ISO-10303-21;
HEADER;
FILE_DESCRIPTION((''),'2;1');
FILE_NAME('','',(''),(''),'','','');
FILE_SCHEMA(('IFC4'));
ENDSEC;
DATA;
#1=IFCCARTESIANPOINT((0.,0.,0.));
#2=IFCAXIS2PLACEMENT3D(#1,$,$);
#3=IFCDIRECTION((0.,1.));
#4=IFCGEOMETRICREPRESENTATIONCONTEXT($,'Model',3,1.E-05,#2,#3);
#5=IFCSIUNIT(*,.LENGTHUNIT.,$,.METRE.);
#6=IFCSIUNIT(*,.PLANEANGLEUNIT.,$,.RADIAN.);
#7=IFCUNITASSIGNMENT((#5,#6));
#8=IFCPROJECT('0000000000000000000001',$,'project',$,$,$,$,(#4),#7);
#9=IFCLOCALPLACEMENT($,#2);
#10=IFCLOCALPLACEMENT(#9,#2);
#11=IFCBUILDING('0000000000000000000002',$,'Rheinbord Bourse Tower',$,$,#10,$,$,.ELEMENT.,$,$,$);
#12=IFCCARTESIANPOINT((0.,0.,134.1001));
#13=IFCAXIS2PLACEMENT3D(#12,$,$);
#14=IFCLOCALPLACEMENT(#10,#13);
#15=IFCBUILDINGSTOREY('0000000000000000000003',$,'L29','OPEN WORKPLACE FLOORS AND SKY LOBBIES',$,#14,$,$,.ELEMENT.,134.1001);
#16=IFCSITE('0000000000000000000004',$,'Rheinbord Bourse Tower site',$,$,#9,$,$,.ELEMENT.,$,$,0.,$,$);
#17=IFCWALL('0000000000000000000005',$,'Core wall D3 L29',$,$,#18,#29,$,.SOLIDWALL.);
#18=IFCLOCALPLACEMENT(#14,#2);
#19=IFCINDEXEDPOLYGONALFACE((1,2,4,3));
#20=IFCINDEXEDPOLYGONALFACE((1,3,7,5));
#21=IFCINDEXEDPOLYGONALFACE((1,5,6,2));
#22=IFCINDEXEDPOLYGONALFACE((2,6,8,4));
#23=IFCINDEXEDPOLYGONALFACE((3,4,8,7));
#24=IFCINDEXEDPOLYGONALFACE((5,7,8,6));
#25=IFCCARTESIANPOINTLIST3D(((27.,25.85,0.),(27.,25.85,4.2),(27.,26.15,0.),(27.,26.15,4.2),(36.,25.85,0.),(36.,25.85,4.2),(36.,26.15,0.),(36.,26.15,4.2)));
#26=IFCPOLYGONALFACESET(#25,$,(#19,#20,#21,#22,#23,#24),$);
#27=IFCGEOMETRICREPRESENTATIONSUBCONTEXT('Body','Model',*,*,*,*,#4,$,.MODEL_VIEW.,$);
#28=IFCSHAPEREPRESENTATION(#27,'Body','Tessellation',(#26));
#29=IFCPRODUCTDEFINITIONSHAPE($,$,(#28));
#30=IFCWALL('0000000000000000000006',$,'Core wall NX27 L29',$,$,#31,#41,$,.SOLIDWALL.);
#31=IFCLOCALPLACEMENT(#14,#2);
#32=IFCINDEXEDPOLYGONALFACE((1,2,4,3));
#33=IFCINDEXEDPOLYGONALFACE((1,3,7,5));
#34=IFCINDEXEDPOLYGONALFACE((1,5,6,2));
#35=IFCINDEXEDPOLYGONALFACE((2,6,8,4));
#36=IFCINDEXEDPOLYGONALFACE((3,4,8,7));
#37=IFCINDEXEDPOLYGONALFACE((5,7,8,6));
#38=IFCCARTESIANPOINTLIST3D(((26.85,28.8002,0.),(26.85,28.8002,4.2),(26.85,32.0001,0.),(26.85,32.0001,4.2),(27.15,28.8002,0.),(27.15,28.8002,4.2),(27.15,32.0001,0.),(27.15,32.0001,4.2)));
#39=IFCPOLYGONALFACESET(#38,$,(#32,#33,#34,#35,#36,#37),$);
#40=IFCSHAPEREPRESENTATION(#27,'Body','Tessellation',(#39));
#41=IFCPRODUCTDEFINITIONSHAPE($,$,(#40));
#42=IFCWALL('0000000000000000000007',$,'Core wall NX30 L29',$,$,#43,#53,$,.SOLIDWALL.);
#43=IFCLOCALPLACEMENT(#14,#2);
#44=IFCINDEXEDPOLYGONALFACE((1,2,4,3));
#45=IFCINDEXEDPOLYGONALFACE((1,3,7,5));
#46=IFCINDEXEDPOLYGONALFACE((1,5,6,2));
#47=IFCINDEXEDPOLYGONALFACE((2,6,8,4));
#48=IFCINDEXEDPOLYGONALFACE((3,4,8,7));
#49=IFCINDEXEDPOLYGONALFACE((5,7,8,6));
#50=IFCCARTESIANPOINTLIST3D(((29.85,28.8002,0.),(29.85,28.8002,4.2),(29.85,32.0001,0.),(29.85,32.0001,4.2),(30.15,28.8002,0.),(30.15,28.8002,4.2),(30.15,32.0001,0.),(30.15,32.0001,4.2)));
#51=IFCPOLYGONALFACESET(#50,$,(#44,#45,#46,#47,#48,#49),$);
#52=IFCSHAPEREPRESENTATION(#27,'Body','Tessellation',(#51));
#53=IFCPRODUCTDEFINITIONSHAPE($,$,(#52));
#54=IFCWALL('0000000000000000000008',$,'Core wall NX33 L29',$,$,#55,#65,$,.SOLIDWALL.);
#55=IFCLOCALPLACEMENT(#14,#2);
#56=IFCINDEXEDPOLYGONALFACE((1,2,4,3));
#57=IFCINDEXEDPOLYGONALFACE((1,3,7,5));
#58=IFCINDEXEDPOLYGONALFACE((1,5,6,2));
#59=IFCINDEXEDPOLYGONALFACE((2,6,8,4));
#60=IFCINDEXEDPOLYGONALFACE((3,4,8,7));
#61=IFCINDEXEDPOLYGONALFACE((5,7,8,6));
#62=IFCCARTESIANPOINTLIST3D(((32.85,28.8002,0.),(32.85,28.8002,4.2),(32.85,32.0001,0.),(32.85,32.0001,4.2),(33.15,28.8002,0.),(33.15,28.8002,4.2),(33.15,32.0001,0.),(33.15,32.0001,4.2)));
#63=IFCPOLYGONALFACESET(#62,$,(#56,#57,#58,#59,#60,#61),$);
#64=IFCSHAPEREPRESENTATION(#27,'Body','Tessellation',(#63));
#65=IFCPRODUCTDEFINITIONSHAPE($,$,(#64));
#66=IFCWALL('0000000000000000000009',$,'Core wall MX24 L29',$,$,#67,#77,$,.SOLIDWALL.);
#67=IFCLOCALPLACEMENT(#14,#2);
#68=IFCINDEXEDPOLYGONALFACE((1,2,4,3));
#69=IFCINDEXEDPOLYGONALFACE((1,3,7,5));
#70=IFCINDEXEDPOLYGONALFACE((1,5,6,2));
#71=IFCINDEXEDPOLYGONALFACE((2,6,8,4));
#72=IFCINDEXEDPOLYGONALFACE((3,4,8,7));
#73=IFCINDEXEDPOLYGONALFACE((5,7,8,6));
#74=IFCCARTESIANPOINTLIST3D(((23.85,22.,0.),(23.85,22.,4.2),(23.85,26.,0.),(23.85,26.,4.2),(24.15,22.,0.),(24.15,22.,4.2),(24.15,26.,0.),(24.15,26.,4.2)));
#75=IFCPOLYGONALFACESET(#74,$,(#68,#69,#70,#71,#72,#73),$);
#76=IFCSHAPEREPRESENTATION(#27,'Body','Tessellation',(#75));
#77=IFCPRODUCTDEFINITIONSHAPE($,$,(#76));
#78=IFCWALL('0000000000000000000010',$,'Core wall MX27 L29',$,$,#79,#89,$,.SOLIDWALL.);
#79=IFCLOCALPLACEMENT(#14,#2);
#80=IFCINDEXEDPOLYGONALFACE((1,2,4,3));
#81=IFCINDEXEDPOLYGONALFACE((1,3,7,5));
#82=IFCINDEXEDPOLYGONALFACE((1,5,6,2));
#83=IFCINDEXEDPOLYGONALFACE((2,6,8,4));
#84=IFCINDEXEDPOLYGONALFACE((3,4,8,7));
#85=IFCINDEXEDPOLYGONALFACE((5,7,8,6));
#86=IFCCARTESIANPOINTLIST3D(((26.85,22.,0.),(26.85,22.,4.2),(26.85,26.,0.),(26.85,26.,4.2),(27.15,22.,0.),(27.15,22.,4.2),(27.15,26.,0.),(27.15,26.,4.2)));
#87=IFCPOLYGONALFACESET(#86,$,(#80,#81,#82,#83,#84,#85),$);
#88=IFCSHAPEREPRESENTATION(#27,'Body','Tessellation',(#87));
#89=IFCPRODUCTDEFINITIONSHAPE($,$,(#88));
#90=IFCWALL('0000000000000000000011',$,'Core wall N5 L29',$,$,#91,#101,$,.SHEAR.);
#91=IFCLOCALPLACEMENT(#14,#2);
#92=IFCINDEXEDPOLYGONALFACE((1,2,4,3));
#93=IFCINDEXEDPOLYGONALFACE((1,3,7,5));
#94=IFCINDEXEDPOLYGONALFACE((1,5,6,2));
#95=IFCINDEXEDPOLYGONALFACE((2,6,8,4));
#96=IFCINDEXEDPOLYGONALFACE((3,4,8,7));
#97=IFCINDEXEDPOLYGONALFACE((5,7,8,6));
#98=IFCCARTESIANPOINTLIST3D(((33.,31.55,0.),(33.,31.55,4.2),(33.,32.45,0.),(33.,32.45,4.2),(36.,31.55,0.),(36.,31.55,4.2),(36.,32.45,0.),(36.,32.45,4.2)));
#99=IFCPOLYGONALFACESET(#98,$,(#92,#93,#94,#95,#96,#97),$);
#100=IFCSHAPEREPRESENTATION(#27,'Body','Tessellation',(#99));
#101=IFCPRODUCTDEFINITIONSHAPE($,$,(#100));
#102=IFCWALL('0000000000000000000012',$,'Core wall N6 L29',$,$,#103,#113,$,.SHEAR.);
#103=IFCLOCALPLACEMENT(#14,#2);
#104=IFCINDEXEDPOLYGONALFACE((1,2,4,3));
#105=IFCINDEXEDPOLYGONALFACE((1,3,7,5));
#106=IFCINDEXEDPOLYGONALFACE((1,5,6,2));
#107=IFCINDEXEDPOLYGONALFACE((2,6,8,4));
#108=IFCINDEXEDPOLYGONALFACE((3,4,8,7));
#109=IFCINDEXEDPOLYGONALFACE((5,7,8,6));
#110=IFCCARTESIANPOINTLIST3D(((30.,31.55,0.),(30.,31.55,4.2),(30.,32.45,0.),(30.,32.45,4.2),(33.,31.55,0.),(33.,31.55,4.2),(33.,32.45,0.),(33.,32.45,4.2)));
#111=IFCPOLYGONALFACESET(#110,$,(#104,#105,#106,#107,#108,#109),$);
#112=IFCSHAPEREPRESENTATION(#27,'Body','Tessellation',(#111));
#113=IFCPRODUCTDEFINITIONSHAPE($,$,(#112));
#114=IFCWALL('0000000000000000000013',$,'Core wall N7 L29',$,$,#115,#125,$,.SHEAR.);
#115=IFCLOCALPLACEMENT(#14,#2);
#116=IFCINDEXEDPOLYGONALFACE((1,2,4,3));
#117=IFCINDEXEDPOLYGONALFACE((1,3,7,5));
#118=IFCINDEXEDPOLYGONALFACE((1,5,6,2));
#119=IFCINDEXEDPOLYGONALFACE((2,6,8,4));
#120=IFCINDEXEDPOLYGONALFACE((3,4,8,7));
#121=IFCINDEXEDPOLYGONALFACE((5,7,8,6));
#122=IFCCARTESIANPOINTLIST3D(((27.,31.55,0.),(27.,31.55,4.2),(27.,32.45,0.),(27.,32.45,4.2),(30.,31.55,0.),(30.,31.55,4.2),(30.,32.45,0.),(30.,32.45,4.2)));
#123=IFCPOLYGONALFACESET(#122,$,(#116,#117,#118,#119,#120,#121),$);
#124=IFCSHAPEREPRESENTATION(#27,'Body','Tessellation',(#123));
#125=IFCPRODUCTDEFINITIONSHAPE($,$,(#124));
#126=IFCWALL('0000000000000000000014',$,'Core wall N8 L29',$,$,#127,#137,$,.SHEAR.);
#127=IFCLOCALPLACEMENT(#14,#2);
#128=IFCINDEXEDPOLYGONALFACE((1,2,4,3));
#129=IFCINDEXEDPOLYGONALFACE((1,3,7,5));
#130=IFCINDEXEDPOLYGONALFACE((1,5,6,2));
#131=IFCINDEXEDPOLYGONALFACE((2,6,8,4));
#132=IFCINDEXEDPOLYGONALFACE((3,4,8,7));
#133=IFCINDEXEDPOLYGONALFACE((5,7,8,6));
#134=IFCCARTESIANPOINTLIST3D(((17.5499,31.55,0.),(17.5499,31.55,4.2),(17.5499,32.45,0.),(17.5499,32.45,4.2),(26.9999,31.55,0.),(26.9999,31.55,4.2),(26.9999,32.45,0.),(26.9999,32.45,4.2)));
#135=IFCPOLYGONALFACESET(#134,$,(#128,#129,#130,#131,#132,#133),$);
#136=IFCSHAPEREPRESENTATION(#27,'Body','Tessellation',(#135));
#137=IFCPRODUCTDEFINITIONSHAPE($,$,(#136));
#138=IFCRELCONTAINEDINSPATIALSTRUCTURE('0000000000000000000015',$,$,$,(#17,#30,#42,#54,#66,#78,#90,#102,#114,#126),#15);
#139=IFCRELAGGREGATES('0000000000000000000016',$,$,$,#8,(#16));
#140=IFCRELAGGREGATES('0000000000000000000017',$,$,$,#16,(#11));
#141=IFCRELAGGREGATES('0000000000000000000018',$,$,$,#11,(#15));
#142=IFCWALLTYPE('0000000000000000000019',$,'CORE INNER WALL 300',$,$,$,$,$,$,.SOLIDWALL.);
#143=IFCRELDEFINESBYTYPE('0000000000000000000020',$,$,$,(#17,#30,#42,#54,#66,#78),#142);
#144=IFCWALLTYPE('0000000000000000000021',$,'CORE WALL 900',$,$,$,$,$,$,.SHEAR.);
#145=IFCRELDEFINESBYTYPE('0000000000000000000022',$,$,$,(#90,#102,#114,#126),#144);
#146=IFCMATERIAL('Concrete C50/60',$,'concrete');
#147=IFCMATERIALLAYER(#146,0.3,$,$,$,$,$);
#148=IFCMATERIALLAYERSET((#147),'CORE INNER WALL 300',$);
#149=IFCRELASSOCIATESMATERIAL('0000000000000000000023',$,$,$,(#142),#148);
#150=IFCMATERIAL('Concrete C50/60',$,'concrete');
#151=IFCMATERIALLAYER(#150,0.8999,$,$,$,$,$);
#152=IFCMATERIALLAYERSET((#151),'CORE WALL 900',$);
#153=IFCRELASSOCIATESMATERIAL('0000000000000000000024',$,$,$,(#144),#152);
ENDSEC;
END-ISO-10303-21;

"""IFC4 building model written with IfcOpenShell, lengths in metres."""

from ifc_helpers import new_model, si_unit, direction, frame, frame_2d, origin, place, context, subcontext, project, spatial, rectangle, extrude, material, layer, layer_set, type_object, element, save


model = new_model("IFC4")

# Units and contexts
model_context = context("Model", 3, precision=1e-05, world=origin(), true_north=direction((0.0, 1.0)))
body_context = subcontext(model_context, "Body", "Model", "MODEL_VIEW")
ifc_project = project(units=[si_unit("LENGTHUNIT", "METRE"), si_unit("PLANEANGLEUNIT", "RADIAN")], contexts=[model_context])

# Site, building, storey
site_placement = place(None, origin())
site = spatial("IfcSite", under=ifc_project, at=site_placement, Name="Rheinbord Bourse Tower site", CompositionType="ELEMENT", RefElevation=0.0)
building_placement = place(site_placement, origin())
building = spatial("IfcBuilding", under=site, at=building_placement, Name="Rheinbord Bourse Tower", CompositionType="ELEMENT")
storey_placement = place(building_placement, frame((0.0, 0.0, 134.1001)))
storey = spatial("IfcBuildingStorey", under=building, at=storey_placement, Name="L29", Description="OPEN WORKPLACE FLOORS AND SKY LOBBIES", CompositionType="ELEMENT", Elevation=134.1001)

# Shared definitions
ifc_material_1 = material(Name="Concrete C50/60", Category="concrete")
ifc_layer_1 = layer(ifc_material_1, 0.3)
ifc_layer_set_1 = layer_set([ifc_layer_1], Name="CORE INNER WALL 300")
wall_type_1 = type_object("IfcWallType", Name="CORE INNER WALL 300", PredefinedType="SOLIDWALL", material=ifc_layer_set_1)

# Walls
wall_1_placement = place(storey_placement, frame((27.0, 26.0, 0.0), z_axis=(0.0, 0.0, 1.0), x_axis=(1.0, 0.0, 0.0)))
element("IfcWall", 1, at=wall_1_placement, inside=storey, type_object=wall_type_1, Name="Core wall D3 L29", PredefinedType="SOLIDWALL", context=body_context, shape_type="SweptSolid", body=[
    extrude(rectangle(XDim=9.0, YDim=0.3, at=frame_2d((4.5, 0.0))), origin(), (0.0, 0.0, 1.0), 4.2),
])
for number, where, z_axis, x_axis, name in (
    (2, (27.0, 28.8, 0.0), (0.0, 0.0, 1.0), (0.0, 1.0, 0.0), "Core wall NX27 L29"),
    (3, (30.0, 28.8, 0.0), (0.0, 0.0, 1.0), (0.0, 1.0, 0.0), "Core wall NX30 L29"),
    (4, (33.0, 28.8, 0.0), (0.0, 0.0, 1.0), (0.0, 1.0, 0.0), "Core wall NX33 L29"),
):
    element("IfcWall", number, at=place(storey_placement, frame(where, z_axis=z_axis, x_axis=x_axis)), inside=storey, type_object=wall_type_1, Name=name, PredefinedType="SOLIDWALL", context=body_context, shape_type="SweptSolid", body=[
        extrude(rectangle(XDim=3.2, YDim=0.3, at=frame_2d((1.6001, 0.0))), origin(), (0.0, 0.0, 1.0), 4.2),
    ])
for number, where, z_axis, x_axis, name in (
    (5, (24.0, 22.0, 0.0), (0.0, 0.0, 1.0), (0.0, 1.0, 0.0), "Core wall MX24 L29"),
    (6, (27.0, 22.0, 0.0), (0.0, 0.0, 1.0), (0.0, 1.0, 0.0), "Core wall MX27 L29"),
):
    element("IfcWall", number, at=place(storey_placement, frame(where, z_axis=z_axis, x_axis=x_axis)), inside=storey, type_object=wall_type_1, Name=name, PredefinedType="SOLIDWALL", context=body_context, shape_type="SweptSolid", body=[
        extrude(rectangle(XDim=4.0, YDim=0.3, at=frame_2d((2.0, 0.0))), origin(), (0.0, 0.0, 1.0), 4.2),
    ])
ifc_material_2 = material(Name="Concrete C50/60", Category="concrete")
ifc_layer_2 = layer(ifc_material_2, 0.8999)
ifc_layer_set_2 = layer_set([ifc_layer_2], Name="CORE WALL 900")
wall_type_2 = type_object("IfcWallType", Name="CORE WALL 900", PredefinedType="SHEAR", material=ifc_layer_set_2)
for number, where, z_axis, x_axis, name in (
    (7, (36.0, 32.0, 0.0), (0.0, 0.0, 1.0), (-1.0, 0.0, 0.0), "Core wall N5 L29"),
    (8, (33.0, 32.0, 0.0), (0.0, 0.0, 1.0), (-1.0, 0.0, 0.0), "Core wall N6 L29"),
    (9, (30.0, 32.0, 0.0), (0.0, 0.0, 1.0), (-1.0, 0.0, 0.0), "Core wall N7 L29"),
):
    element("IfcWall", number, at=place(storey_placement, frame(where, z_axis=z_axis, x_axis=x_axis)), inside=storey, type_object=wall_type_2, Name=name, PredefinedType="SHEAR", context=body_context, shape_type="SweptSolid", body=[
        extrude(rectangle(XDim=3.0, YDim=0.8999, at=frame_2d((1.5, 0.0))), origin(), (0.0, 0.0, 1.0), 4.2),
    ])
wall_2_placement = place(storey_placement, frame((27.0, 32.0, 0.0), z_axis=(0.0, 0.0, 1.0), x_axis=(-1.0, 0.0, 0.0)))
element("IfcWall", 10, at=wall_2_placement, inside=storey, type_object=wall_type_2, Name="Core wall N8 L29", PredefinedType="SHEAR", context=body_context, shape_type="SweptSolid", body=[
    extrude(rectangle(XDim=9.45, YDim=0.8999, at=frame_2d((4.7251, 0.0))), origin(), (0.0, 0.0, 1.0), 4.2),
])

save(model, "model.ifc")
